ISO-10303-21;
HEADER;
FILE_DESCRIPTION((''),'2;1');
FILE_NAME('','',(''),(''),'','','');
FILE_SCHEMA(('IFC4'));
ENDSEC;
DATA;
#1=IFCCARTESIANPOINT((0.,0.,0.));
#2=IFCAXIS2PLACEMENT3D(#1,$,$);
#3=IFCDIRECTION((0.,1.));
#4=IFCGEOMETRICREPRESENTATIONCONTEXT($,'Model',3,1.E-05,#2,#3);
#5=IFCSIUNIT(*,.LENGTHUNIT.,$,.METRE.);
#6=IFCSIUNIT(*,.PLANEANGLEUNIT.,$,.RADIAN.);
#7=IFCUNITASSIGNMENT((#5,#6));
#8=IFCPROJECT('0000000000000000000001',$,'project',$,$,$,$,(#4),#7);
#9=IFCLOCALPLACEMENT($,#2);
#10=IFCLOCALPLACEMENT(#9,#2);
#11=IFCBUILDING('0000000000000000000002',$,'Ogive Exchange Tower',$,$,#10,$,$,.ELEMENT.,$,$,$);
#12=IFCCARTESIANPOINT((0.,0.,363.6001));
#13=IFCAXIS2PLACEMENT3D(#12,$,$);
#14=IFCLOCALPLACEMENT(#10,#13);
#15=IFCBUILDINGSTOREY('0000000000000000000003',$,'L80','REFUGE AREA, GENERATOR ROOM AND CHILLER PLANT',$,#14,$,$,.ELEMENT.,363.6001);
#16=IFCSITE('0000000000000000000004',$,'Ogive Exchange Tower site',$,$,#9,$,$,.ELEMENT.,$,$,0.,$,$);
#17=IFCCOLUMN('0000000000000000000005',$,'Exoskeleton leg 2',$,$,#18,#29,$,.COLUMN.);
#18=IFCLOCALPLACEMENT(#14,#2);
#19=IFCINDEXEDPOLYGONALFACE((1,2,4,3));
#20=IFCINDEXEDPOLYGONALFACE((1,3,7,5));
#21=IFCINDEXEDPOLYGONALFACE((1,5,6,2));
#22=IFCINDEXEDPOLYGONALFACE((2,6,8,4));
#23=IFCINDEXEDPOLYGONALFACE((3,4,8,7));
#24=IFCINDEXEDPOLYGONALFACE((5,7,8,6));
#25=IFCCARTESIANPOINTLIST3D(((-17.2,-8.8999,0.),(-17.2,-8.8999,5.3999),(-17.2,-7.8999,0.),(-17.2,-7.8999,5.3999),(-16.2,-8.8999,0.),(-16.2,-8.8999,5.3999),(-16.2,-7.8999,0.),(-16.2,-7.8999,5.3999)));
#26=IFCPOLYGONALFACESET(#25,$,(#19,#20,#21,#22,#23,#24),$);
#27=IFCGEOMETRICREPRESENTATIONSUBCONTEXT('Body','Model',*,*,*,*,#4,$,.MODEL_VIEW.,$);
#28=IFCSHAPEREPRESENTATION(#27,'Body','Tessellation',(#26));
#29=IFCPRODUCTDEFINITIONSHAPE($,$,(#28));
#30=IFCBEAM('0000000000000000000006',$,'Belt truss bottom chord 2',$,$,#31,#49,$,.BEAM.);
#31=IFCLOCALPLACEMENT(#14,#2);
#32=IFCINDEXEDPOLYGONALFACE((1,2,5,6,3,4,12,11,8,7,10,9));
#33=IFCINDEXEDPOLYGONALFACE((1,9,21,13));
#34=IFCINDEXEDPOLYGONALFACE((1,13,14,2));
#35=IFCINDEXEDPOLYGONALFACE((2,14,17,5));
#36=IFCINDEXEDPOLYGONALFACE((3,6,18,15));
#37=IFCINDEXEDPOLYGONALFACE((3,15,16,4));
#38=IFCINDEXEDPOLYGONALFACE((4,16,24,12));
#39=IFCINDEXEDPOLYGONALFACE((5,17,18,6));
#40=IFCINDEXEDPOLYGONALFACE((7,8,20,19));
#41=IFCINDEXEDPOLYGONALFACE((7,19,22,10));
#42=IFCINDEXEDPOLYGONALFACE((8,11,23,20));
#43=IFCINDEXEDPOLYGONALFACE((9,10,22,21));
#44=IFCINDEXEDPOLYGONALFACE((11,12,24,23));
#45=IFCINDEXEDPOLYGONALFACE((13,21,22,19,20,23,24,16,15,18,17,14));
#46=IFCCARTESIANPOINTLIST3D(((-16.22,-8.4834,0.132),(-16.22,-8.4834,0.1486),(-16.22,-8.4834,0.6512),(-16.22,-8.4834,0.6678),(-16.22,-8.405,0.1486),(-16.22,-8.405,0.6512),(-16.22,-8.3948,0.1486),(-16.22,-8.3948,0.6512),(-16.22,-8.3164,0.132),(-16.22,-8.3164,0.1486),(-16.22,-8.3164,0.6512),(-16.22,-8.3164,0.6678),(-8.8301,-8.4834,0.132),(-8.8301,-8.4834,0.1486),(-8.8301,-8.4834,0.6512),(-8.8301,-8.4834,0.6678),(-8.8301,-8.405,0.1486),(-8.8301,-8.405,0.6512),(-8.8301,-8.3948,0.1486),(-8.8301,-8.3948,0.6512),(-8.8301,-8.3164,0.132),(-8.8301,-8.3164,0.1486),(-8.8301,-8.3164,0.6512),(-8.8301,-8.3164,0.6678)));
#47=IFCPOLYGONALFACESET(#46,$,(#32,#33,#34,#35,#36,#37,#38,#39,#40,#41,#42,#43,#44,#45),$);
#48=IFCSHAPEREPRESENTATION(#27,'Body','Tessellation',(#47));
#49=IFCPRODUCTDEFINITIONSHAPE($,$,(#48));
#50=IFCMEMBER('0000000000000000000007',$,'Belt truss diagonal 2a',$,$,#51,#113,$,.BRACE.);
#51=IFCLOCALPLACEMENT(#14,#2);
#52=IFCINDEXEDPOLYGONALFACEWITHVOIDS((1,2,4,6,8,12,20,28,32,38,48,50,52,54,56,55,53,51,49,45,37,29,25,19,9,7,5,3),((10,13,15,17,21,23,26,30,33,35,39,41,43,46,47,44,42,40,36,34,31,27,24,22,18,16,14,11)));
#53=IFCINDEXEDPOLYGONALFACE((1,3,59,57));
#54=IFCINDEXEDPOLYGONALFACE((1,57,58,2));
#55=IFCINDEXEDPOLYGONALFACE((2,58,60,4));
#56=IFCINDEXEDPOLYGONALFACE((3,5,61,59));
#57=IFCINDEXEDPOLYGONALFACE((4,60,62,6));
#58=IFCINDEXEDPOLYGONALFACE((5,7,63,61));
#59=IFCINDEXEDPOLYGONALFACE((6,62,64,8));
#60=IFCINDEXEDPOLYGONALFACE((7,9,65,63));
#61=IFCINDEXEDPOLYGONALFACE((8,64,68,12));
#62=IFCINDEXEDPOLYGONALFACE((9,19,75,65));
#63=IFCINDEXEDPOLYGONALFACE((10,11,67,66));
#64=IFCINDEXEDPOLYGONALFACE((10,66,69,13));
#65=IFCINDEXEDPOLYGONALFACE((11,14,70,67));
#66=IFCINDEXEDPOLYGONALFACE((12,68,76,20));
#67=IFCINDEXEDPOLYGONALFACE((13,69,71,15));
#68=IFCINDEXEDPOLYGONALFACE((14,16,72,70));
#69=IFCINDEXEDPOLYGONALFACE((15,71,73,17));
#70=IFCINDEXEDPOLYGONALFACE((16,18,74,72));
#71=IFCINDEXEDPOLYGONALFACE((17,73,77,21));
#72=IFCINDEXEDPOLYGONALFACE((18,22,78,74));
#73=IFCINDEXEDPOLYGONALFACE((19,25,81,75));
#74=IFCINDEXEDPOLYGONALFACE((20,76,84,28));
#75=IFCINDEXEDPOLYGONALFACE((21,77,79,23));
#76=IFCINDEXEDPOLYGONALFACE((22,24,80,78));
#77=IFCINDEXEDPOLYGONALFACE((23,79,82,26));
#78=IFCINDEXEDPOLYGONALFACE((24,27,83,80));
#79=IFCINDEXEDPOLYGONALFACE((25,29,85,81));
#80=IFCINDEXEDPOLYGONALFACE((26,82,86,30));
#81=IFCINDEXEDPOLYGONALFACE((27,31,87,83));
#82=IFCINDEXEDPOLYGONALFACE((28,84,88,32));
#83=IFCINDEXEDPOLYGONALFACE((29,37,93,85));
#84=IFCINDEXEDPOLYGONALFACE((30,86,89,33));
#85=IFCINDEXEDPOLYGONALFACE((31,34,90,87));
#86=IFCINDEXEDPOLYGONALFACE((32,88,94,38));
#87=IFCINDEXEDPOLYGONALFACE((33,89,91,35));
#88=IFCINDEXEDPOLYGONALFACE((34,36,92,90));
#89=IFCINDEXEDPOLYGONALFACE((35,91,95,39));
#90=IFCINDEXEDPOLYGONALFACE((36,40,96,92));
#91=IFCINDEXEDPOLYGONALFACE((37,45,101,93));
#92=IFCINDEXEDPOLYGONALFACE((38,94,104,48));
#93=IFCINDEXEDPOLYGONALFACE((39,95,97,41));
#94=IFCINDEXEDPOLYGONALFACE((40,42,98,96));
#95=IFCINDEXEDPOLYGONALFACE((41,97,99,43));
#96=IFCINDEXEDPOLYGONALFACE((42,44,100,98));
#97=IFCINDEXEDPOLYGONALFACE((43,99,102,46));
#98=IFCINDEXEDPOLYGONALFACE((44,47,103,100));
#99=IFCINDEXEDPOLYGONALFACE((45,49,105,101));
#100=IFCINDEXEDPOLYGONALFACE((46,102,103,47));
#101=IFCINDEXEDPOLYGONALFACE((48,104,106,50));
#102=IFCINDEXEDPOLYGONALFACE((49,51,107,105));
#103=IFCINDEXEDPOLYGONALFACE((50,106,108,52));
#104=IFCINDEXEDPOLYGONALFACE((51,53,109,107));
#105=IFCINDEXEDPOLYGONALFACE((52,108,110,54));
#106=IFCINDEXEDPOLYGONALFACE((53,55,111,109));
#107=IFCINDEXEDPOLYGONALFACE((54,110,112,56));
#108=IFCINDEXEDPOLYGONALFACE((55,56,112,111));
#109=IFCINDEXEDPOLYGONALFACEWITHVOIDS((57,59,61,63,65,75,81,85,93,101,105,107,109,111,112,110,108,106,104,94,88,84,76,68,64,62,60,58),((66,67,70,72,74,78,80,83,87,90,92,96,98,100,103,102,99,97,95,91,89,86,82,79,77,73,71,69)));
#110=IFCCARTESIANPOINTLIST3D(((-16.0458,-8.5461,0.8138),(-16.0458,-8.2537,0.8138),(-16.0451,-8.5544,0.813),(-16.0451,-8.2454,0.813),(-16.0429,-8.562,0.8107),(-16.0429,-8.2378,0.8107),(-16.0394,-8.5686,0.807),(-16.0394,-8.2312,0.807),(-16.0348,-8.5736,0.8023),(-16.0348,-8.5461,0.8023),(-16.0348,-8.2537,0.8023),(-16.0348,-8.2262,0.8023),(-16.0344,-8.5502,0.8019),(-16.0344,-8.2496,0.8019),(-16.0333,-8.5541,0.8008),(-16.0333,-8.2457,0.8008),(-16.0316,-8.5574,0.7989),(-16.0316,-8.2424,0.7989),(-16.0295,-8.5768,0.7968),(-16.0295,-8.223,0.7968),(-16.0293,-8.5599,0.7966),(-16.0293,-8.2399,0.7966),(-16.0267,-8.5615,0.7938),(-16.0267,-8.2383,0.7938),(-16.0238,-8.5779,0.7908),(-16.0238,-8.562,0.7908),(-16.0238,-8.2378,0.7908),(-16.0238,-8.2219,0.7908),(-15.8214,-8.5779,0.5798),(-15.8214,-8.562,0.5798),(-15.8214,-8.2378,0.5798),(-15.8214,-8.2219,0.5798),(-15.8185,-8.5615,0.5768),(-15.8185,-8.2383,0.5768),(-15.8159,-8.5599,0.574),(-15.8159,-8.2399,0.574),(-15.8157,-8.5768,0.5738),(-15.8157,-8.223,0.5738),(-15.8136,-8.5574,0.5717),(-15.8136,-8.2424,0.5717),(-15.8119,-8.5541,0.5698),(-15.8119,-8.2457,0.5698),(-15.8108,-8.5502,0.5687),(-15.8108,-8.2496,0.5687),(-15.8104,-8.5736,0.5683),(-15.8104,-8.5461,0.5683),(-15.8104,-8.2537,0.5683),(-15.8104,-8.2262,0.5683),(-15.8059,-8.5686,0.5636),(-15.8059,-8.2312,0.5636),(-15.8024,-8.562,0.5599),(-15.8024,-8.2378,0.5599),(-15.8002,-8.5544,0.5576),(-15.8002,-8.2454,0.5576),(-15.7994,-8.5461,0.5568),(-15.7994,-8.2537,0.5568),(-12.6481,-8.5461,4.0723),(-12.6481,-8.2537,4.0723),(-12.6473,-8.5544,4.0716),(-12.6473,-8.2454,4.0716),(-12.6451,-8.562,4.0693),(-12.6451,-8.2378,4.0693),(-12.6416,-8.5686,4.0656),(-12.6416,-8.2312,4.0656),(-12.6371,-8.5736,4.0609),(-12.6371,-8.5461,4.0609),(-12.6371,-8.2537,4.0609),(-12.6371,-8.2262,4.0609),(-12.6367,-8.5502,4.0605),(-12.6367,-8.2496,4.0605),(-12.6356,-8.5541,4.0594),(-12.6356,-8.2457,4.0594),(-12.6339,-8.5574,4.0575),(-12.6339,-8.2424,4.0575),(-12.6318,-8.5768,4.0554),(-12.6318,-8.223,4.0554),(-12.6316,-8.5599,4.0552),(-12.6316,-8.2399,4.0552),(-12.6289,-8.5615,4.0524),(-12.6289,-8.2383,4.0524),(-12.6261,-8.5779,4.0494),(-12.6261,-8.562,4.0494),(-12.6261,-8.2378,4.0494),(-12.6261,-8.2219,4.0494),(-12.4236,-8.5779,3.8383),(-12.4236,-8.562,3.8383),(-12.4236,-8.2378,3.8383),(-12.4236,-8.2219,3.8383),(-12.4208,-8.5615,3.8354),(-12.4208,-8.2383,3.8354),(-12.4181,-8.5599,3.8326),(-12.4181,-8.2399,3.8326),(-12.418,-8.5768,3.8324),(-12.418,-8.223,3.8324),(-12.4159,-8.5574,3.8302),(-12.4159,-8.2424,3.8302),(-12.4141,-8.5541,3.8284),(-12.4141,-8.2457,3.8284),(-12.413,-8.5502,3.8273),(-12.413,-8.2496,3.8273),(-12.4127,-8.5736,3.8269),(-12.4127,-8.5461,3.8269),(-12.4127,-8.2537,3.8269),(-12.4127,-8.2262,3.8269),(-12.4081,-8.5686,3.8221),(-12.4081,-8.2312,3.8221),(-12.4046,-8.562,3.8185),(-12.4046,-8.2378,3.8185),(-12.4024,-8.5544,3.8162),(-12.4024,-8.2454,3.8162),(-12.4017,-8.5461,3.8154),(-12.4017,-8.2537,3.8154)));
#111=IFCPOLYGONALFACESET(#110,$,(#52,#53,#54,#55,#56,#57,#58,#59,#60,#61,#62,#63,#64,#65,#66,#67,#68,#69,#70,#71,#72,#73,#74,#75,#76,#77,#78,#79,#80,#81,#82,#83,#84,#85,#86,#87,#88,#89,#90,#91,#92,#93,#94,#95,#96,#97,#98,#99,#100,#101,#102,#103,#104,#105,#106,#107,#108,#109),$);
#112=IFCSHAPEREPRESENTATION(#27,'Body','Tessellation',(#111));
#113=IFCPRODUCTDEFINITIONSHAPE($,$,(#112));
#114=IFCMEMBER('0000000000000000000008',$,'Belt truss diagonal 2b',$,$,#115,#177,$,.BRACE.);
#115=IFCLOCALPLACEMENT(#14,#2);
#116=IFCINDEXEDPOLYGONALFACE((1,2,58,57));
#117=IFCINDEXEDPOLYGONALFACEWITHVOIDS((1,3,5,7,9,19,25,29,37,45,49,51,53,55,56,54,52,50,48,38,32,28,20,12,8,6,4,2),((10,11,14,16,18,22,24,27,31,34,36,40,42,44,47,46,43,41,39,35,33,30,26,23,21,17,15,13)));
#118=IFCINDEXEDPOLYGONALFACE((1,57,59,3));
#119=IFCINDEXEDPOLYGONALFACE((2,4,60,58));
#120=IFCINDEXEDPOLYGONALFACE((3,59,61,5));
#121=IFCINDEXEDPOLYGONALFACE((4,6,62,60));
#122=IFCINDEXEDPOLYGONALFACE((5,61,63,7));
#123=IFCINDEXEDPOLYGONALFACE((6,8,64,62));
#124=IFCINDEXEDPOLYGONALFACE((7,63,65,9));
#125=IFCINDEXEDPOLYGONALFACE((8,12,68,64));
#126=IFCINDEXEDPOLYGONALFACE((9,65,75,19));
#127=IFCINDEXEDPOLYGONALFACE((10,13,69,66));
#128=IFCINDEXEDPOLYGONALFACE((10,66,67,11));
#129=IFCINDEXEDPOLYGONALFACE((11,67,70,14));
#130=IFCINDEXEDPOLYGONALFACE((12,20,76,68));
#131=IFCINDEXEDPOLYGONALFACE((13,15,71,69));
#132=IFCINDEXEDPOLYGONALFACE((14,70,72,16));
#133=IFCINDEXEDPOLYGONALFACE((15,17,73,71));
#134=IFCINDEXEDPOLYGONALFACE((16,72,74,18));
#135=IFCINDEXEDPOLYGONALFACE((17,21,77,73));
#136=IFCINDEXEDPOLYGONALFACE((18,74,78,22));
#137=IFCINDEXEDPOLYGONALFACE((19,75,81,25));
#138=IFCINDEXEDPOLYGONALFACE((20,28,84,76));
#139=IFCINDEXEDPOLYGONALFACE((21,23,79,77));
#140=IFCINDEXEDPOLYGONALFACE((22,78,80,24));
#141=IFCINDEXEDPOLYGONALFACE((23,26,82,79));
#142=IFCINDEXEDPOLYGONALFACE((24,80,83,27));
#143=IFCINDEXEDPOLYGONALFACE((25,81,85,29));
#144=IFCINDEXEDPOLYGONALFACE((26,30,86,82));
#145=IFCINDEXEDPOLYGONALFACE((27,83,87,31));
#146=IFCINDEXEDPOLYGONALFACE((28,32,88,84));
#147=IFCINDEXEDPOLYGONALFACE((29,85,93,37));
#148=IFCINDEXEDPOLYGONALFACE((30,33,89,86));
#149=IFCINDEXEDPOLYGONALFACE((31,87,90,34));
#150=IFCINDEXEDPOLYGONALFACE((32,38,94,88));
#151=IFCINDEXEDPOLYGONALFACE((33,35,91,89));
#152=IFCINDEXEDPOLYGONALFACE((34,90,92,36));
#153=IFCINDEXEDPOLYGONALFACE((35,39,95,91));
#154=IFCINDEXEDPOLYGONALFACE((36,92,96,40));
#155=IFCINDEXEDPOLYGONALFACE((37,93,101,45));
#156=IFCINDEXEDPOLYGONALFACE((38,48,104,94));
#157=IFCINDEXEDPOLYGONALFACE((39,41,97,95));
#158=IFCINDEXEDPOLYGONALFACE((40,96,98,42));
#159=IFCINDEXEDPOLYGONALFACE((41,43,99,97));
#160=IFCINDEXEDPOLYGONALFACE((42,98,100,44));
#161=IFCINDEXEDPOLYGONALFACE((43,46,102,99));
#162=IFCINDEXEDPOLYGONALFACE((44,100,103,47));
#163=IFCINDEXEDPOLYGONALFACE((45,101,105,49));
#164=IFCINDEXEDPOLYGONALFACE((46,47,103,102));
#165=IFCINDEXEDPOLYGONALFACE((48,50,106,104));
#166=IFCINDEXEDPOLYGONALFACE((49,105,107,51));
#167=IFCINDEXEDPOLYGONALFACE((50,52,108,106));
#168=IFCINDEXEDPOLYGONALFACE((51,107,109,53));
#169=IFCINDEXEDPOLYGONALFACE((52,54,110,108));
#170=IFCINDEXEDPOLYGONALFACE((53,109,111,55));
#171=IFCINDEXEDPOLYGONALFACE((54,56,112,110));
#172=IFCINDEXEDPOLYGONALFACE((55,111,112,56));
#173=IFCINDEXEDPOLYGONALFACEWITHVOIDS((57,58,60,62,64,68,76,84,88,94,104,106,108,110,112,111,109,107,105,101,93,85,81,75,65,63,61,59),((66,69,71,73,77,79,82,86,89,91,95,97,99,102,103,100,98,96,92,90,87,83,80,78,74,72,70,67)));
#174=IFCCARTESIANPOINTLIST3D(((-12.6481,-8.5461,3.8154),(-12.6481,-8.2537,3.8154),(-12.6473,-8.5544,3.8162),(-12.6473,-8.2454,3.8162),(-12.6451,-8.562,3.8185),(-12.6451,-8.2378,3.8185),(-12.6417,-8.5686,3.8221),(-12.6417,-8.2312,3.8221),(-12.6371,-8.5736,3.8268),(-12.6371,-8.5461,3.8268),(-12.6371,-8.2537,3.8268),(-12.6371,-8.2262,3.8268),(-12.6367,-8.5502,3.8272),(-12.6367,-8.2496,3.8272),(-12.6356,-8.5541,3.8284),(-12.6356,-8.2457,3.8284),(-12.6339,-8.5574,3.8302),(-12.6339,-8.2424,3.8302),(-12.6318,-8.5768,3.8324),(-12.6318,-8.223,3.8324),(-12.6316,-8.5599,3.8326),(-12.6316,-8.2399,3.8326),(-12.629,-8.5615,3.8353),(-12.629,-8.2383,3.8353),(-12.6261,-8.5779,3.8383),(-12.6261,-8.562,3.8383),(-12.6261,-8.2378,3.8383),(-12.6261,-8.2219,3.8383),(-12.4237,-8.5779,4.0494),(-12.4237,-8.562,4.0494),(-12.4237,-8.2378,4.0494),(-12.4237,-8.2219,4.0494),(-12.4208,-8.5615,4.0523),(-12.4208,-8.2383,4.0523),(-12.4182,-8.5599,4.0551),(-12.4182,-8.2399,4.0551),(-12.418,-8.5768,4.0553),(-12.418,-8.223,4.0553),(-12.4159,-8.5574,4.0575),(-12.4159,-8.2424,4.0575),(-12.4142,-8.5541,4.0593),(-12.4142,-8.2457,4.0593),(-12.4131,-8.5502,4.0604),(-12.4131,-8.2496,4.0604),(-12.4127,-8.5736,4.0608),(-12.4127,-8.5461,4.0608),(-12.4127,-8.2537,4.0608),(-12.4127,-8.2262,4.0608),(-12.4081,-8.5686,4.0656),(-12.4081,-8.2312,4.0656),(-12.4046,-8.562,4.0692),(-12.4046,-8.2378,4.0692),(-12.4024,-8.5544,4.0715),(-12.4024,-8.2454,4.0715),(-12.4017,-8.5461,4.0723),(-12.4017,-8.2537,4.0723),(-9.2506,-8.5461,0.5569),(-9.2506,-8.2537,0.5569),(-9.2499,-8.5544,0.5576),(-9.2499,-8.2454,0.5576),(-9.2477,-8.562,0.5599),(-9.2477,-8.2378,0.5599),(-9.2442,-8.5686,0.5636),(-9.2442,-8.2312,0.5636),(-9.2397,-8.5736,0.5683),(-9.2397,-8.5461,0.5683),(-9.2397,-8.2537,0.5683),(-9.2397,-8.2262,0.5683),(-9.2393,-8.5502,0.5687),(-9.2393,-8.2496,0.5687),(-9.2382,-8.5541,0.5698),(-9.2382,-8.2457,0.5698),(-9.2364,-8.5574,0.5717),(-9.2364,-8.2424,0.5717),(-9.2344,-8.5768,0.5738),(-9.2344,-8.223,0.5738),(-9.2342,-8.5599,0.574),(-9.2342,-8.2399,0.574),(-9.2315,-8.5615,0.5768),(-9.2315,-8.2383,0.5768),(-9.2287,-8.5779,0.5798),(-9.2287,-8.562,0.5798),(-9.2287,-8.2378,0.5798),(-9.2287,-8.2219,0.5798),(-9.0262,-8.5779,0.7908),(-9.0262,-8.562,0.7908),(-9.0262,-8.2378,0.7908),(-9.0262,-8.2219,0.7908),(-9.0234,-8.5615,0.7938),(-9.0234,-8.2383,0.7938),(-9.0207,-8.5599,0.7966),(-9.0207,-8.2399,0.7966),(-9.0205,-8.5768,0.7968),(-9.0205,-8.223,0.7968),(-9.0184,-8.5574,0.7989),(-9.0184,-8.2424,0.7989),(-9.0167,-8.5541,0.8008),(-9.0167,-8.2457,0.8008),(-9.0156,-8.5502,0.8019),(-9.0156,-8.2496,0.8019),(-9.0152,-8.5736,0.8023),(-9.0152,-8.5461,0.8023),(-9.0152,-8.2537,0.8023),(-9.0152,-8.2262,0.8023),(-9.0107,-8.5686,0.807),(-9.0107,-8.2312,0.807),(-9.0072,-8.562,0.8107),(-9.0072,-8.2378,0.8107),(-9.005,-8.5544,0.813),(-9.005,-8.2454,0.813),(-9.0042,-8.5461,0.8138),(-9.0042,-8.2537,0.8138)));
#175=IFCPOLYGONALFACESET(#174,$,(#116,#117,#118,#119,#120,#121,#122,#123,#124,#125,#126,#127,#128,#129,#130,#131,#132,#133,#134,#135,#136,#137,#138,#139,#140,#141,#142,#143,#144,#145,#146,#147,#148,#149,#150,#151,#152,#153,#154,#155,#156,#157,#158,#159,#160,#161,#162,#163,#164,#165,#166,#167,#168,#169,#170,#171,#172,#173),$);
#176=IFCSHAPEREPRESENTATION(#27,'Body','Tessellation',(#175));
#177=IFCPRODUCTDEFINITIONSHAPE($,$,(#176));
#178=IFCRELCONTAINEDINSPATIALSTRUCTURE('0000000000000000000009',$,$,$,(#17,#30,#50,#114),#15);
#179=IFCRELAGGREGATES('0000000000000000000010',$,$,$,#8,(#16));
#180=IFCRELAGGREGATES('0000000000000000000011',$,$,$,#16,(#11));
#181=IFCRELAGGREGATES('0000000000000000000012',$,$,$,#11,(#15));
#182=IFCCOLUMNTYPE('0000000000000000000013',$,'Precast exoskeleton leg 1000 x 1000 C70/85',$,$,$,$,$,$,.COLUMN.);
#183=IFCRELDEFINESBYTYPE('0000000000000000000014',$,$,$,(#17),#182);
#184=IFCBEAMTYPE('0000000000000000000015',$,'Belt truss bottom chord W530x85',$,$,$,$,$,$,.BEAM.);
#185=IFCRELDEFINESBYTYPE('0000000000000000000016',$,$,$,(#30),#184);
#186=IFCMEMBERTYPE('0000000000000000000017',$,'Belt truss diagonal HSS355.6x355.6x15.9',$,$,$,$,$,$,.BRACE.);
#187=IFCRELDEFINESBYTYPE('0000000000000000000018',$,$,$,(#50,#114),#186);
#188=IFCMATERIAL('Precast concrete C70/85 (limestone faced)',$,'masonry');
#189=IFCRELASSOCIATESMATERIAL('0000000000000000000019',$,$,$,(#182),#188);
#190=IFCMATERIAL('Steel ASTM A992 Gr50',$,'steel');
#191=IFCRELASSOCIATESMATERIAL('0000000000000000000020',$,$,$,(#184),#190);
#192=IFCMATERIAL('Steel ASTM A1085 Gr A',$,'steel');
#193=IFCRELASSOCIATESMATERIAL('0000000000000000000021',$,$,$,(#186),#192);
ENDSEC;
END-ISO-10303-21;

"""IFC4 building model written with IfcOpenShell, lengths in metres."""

from ifc_helpers import new_model, si_unit, direction, frame, origin, origin_2d, place, context, subcontext, project, spatial, rectangle, hollow_rectangle, i_section, extrude, material, material_profile, profile_set, type_object, element, save


model = new_model("IFC4")

# Units and contexts
model_context = context("Model", 3, precision=1e-05, world=origin(), true_north=direction((0.0, 1.0)))
body_context = subcontext(model_context, "Body", "Model", "MODEL_VIEW")
ifc_project = project(units=[si_unit("LENGTHUNIT", "METRE"), si_unit("PLANEANGLEUNIT", "RADIAN")], contexts=[model_context])

# Site, building, storey
site_placement = place(None, origin())
site = spatial("IfcSite", under=ifc_project, at=site_placement, Name="Ogive Exchange Tower site", CompositionType="ELEMENT", RefElevation=0.0)
building_placement = place(site_placement, origin())
building = spatial("IfcBuilding", under=site, at=building_placement, Name="Ogive Exchange Tower", CompositionType="ELEMENT")
storey_placement = place(building_placement, frame((0.0, 0.0, 363.6001)))
storey = spatial("IfcBuildingStorey", under=building, at=storey_placement, Name="L80", Description="REFUGE AREA, GENERATOR ROOM AND CHILLER PLANT", CompositionType="ELEMENT", Elevation=363.6001)

# Column
ifc_material_1 = material(Name="Precast concrete C70/85 (limestone faced)", Category="masonry")
ifc_material_profile_1 = material_profile(ifc_material_1, rectangle(XDim=1.0, YDim=1.0, at=origin_2d()), Name="1000 x 1000")
ifc_profile_set_1 = profile_set([ifc_material_profile_1], Name="Precast concrete C70/85 (limestone faced)")
column_type = type_object("IfcColumnType", Name="Precast exoskeleton leg 1000 x 1000 C70/85", PredefinedType="COLUMN", material=ifc_profile_set_1)
column_placement = place(storey_placement, frame((-16.7, -8.3999, 0.0), z_axis=(0.0, 0.0, 1.0), x_axis=(1.0, 0.0, 0.0)))
element("IfcColumn", 1, at=column_placement, inside=storey, type_object=column_type, Name="Exoskeleton leg 2", PredefinedType="COLUMN", context=body_context, shape_type="SweptSolid", body=[
    extrude(rectangle(XDim=1.0, YDim=1.0, at=origin_2d()), origin(), (0.0, 0.0, 1.0), 5.3999),
])

# Beam
ifc_material_2 = material(Name="Steel ASTM A992 Gr50", Category="steel")
ifc_material_profile_2 = material_profile(ifc_material_2, i_section(OverallWidth=0.167, OverallDepth=0.5359, WebThickness=0.0103, FlangeThickness=0.0166, at=origin_2d()), Name="W530x85")
ifc_profile_set_2 = profile_set([ifc_material_profile_2], Name="Steel ASTM A992 Gr50")
beam_type_1 = type_object("IfcBeamType", Name="Belt truss bottom chord W530x85", PredefinedType="BEAM", material=ifc_profile_set_2)
beam_1_placement = place(storey_placement, frame((-16.22, -8.3999, 0.3999), z_axis=(1.0, 0.0, 0.0), x_axis=(0.0, 1.0, 0.0)))
element("IfcBeam", 2, at=beam_1_placement, inside=storey, type_object=beam_type_1, Name="Belt truss bottom chord 2", PredefinedType="BEAM", context=body_context, shape_type="SweptSolid", body=[
    extrude(i_section(OverallWidth=0.167, OverallDepth=0.5359, WebThickness=0.0103, FlangeThickness=0.0166, at=origin_2d()), origin(), (0.0, 0.0, 1.0), 7.3899),
])

# Members
ifc_material_3 = material(Name="Steel ASTM A1085 Gr A", Category="steel")
ifc_material_profile_3 = material_profile(ifc_material_3, hollow_rectangle(XDim=0.356, YDim=0.356, WallThickness=0.0159, InnerFilletRadius=0.0159, OuterFilletRadius=0.0317, at=origin_2d()), Name="HSS355.6x355.6x15.9")
ifc_profile_set_3 = profile_set([ifc_material_profile_3], Name="Steel ASTM A1085 Gr A")
member_type = type_object("IfcMemberType", Name="Belt truss diagonal HSS355.6x355.6x15.9", PredefinedType="BRACE", material=ifc_profile_set_3)
member_1_placement = place(storey_placement, frame((-15.9226, -8.3999, 0.6853), z_axis=(0.721732, 0.0, 0.692172), x_axis=(0.0, 1.0, 0.0)))
element("IfcMember", 3, at=member_1_placement, inside=storey, type_object=member_type, Name="Belt truss diagonal 2a", PredefinedType="BRACE", context=body_context, shape_type="SweptSolid", body=[
    extrude(hollow_rectangle(XDim=0.356, YDim=0.356, WallThickness=0.0159, InnerFilletRadius=0.0159, OuterFilletRadius=0.0317, at=origin_2d()), origin(), (0.0, 0.0, 1.0), 4.7078),
])
member_2_placement = place(storey_placement, frame((-9.1274, -8.3999, 0.6853), z_axis=(-0.721707, 0.0, 0.692198), x_axis=(0.0, -1.0, 0.0)))
element("IfcMember", 4, at=member_2_placement, inside=storey, type_object=member_type, Name="Belt truss diagonal 2b", PredefinedType="BRACE", context=body_context, shape_type="SweptSolid", body=[
    extrude(hollow_rectangle(XDim=0.356, YDim=0.356, WallThickness=0.0159, InnerFilletRadius=0.0159, OuterFilletRadius=0.0317, at=origin_2d()), origin(), (0.0, 0.0, 1.0), 4.7075),
])

save(model, "model.ifc")
